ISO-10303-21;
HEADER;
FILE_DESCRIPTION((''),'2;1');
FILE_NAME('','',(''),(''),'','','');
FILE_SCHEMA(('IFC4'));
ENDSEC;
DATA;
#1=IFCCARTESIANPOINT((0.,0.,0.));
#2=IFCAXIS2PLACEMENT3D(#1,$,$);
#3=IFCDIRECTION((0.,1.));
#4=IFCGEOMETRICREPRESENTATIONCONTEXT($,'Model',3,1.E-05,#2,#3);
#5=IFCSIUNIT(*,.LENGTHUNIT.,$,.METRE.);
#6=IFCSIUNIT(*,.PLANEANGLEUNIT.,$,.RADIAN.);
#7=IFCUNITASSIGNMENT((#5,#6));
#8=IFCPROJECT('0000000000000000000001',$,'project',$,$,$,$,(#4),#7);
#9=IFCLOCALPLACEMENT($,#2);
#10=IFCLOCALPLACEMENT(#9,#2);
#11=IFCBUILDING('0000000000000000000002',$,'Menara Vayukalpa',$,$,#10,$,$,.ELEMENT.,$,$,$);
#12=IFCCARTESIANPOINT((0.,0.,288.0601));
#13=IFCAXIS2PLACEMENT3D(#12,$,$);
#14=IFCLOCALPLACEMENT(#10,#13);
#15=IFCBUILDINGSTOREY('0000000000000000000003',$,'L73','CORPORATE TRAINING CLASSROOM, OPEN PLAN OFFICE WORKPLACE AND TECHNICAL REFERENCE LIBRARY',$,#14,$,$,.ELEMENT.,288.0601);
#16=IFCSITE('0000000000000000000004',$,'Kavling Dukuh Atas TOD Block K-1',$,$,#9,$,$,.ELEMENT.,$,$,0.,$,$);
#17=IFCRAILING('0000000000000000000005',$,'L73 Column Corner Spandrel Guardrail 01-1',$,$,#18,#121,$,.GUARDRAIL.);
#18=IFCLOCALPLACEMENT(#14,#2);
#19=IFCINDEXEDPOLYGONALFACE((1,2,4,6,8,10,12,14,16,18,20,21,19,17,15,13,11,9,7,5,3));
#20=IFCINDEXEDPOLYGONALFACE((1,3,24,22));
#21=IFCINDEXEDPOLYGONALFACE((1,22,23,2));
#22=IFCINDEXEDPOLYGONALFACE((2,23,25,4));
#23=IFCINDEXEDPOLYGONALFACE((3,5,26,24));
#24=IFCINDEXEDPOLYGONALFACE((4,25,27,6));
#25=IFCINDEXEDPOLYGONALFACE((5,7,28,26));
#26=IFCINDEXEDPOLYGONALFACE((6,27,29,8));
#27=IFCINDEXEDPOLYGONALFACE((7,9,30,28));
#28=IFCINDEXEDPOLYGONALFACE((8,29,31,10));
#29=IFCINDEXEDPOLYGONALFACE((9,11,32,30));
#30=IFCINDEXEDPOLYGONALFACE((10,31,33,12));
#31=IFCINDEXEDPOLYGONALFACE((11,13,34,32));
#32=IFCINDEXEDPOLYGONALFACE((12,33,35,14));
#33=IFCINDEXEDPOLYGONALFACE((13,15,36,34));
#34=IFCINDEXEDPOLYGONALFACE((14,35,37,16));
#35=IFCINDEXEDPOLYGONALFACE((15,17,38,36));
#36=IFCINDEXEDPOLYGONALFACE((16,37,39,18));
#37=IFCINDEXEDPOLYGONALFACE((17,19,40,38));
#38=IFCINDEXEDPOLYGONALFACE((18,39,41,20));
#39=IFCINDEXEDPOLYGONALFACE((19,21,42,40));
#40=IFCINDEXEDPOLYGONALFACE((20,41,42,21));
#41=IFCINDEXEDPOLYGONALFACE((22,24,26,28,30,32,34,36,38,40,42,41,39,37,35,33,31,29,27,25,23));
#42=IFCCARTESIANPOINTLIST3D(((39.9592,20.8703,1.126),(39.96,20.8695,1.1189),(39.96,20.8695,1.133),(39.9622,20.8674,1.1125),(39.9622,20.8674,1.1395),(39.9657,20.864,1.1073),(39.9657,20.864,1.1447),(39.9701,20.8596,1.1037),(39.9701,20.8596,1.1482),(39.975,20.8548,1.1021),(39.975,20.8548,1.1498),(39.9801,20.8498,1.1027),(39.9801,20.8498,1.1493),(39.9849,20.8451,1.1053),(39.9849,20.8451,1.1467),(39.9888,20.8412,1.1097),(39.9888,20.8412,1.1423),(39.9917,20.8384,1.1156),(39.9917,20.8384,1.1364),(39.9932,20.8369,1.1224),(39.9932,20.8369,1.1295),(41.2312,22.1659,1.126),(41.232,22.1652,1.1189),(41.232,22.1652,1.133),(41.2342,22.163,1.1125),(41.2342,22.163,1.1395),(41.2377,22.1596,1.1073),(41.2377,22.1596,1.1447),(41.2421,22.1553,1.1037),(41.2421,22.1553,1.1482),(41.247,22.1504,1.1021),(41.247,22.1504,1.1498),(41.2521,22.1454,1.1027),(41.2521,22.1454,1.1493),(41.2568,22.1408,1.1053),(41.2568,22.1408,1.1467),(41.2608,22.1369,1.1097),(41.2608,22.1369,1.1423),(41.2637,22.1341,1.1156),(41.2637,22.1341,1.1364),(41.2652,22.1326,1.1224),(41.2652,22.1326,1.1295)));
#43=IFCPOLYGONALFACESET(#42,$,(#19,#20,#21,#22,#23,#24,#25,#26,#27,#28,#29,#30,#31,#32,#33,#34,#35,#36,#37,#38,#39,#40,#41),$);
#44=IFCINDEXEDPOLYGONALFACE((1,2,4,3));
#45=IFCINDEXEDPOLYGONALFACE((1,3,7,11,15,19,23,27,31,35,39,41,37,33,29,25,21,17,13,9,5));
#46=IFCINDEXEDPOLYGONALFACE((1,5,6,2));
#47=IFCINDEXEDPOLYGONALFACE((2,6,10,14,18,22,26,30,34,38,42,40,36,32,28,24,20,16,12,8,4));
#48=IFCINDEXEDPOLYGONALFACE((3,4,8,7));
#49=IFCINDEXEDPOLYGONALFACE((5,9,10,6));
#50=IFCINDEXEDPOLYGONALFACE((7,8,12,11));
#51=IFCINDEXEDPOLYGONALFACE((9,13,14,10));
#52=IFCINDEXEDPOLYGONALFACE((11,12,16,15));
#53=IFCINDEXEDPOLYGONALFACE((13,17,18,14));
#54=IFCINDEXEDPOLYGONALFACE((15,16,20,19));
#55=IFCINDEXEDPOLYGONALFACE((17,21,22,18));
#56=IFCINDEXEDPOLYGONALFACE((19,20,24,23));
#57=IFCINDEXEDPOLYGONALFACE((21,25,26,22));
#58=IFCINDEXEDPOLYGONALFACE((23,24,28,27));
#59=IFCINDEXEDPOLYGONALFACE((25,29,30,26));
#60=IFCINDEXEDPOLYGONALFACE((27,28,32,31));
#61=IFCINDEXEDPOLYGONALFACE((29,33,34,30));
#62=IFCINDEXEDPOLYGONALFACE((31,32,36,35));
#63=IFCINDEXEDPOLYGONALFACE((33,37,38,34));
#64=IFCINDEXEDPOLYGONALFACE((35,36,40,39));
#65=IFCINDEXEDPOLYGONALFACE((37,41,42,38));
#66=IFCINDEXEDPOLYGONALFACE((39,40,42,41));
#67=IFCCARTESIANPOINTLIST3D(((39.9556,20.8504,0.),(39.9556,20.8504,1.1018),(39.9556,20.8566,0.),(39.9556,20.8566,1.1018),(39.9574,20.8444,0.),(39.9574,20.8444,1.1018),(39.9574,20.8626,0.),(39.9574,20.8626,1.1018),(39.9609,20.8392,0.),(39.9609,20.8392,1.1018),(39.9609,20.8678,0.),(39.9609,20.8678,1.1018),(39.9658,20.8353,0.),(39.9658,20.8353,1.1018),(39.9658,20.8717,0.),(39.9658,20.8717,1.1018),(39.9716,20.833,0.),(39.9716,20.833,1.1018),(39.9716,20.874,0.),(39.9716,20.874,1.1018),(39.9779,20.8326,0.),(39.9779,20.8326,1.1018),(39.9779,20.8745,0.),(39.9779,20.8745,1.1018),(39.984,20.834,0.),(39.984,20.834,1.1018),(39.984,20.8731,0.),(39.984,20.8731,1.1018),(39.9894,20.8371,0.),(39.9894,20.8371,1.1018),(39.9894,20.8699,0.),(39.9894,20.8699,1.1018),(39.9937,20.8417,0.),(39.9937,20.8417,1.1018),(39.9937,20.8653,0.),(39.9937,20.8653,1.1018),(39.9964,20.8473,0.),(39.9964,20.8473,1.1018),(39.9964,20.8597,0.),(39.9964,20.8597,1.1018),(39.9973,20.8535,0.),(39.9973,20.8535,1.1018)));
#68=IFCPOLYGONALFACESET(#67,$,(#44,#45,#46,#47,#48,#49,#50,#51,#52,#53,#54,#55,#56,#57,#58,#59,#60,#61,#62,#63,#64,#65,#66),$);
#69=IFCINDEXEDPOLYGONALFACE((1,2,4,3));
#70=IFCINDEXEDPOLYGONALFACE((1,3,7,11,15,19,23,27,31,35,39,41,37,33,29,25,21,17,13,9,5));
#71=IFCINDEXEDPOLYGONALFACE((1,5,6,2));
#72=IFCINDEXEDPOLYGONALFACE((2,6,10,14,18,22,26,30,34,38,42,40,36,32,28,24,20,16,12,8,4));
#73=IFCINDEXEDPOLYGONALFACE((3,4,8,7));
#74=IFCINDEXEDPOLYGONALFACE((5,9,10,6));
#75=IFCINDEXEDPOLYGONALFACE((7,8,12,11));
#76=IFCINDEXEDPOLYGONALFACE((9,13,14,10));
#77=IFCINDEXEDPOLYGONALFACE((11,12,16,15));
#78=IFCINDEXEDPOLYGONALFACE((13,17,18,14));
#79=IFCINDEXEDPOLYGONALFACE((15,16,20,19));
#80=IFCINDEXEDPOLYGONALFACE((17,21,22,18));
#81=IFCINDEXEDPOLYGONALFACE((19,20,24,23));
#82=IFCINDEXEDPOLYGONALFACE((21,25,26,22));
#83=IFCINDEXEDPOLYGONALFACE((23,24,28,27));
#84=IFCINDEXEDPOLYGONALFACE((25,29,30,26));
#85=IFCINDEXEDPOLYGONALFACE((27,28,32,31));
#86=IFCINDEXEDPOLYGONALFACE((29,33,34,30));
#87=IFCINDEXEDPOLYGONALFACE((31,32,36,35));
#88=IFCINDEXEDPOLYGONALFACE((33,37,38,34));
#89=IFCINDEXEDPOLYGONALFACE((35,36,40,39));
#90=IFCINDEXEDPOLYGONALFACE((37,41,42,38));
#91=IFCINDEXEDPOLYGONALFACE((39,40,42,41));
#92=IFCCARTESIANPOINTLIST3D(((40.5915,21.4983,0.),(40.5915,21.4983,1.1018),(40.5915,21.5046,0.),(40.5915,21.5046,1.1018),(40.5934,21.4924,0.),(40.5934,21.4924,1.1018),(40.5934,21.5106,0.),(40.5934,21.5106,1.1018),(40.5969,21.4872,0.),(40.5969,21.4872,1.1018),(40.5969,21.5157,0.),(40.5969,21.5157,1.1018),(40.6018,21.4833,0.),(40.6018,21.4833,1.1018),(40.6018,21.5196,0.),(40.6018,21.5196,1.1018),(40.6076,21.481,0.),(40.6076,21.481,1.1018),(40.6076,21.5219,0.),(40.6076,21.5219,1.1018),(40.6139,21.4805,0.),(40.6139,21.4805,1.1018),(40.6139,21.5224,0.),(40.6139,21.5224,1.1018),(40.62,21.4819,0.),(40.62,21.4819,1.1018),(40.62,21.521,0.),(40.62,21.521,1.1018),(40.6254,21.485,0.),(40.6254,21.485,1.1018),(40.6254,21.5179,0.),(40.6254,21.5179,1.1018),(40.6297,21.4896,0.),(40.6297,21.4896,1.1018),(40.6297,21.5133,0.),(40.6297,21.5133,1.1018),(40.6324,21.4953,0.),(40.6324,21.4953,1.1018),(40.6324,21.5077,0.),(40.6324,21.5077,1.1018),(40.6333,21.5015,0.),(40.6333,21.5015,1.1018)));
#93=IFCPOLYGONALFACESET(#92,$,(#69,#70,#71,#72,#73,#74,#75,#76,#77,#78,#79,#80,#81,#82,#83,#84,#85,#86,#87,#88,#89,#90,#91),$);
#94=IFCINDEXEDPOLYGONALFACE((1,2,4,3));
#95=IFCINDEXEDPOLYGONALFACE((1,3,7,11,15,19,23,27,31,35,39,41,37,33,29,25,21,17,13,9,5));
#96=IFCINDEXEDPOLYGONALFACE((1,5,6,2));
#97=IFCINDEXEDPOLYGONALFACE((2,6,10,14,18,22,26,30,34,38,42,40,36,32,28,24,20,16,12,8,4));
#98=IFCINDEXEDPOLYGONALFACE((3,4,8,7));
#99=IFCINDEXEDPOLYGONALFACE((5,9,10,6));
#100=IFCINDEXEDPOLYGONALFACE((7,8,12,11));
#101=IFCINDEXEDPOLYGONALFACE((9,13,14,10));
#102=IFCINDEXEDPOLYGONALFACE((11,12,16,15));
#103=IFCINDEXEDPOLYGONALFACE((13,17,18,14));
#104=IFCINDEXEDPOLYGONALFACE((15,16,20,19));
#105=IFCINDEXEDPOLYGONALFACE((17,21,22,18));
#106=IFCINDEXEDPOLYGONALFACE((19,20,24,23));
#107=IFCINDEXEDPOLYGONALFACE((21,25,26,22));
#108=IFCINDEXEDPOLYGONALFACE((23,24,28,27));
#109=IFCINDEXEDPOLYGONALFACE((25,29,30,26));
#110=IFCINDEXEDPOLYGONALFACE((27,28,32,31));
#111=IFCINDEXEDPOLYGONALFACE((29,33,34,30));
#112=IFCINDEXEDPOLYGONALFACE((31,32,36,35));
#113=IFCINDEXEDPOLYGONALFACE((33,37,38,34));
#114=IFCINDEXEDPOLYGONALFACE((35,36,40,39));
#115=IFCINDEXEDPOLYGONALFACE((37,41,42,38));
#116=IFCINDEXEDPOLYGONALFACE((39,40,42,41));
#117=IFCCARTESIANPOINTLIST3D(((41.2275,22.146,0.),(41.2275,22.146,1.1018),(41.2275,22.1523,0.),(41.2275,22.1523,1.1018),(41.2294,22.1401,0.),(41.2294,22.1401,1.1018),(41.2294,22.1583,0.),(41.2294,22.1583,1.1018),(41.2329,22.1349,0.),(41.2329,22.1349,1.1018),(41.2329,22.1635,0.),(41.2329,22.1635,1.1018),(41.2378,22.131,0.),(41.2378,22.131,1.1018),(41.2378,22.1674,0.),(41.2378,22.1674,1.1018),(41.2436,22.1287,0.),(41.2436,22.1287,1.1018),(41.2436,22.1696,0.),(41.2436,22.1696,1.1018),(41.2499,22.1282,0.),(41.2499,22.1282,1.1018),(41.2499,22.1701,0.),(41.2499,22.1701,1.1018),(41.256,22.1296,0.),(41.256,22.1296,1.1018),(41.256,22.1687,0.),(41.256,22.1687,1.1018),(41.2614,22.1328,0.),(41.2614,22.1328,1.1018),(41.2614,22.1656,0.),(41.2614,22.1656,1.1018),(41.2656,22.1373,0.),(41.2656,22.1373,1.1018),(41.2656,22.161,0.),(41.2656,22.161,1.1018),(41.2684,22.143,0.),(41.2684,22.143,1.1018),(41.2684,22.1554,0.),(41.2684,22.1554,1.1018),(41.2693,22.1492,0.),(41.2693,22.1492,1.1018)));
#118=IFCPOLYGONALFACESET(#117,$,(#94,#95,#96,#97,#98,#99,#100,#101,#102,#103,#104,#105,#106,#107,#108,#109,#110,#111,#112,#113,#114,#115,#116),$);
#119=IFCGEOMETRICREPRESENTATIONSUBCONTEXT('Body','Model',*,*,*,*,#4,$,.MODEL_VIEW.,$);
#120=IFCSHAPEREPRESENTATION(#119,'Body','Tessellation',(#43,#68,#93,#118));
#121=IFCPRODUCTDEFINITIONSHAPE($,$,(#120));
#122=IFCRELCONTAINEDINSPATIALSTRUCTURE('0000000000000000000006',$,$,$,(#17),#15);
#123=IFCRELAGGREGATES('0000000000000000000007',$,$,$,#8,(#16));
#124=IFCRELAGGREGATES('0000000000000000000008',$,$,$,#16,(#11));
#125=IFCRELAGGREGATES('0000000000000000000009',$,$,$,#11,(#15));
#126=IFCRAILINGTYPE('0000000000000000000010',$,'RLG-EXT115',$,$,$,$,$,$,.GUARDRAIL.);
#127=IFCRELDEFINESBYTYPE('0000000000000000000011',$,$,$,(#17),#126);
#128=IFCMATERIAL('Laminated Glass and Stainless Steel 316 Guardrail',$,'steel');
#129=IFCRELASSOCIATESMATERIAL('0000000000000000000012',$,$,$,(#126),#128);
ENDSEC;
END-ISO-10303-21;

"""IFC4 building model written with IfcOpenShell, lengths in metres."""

from ifc_helpers import new_model, si_unit, direction, frame, origin, origin_2d, place, context, subcontext, project, spatial, circle, extrude, material, type_object, element, save


model = new_model("IFC4")

# Units and contexts
model_context = context("Model", 3, precision=1e-05, world=origin(), true_north=direction((0.0, 1.0)))
body_context = subcontext(model_context, "Body", "Model", "MODEL_VIEW")
ifc_project = project(units=[si_unit("LENGTHUNIT", "METRE"), si_unit("PLANEANGLEUNIT", "RADIAN")], contexts=[model_context])

# Site, building, storey
site_placement = place(None, origin())
site = spatial("IfcSite", under=ifc_project, at=site_placement, Name="Kavling Dukuh Atas TOD Block K-1", CompositionType="ELEMENT", RefElevation=0.0)
building_placement = place(site_placement, origin())
building = spatial("IfcBuilding", under=site, at=building_placement, Name="Menara Vayukalpa", CompositionType="ELEMENT")
storey_placement = place(building_placement, frame((0.0, 0.0, 288.0601)))
storey = spatial("IfcBuildingStorey", under=building, at=storey_placement, Name="L73", Description="CORPORATE TRAINING CLASSROOM, OPEN PLAN OFFICE WORKPLACE AND TECHNICAL REFERENCE LIBRARY", CompositionType="ELEMENT", Elevation=288.0601)

# Railing
ifc_material_1 = material(Name="Laminated Glass and Stainless Steel 316 Guardrail", Category="steel")
railing_type_1 = type_object("IfcRailingType", Name="RLG-EXT115", PredefinedType="GUARDRAIL", material=ifc_material_1)
railing_1_placement = place(storey_placement, frame((39.9763, 20.8535, 0.0)))
element("IfcRailing", 1, at=railing_1_placement, inside=storey, type_object=railing_type_1, Name="L73 Column Corner Spandrel Guardrail 01-1", PredefinedType="GUARDRAIL", context=body_context, shape_type="SweptSolid", body=[
    extrude(circle(Radius=0.0239, at=origin_2d()), frame((0.0, 0.0, 1.126), z_axis=(0.700555, 0.713598, 0.0), x_axis=(-0.713598, 0.700555, 0.0)), (0.0, 0.0, 1.0), 1.8157),
    extrude(circle(Radius=0.021, at=origin_2d()), origin(), (0.0, 0.0, 1.0), 1.1018),
    extrude(circle(Radius=0.021, at=origin_2d()), frame((0.636, 0.6479, 0.0)), (0.0, 0.0, 1.0), 1.1018),
    extrude(circle(Radius=0.021, at=origin_2d()), frame((1.272, 1.2957, 0.0)), (0.0, 0.0, 1.0), 1.1018),
])

save(model, "model.ifc")
